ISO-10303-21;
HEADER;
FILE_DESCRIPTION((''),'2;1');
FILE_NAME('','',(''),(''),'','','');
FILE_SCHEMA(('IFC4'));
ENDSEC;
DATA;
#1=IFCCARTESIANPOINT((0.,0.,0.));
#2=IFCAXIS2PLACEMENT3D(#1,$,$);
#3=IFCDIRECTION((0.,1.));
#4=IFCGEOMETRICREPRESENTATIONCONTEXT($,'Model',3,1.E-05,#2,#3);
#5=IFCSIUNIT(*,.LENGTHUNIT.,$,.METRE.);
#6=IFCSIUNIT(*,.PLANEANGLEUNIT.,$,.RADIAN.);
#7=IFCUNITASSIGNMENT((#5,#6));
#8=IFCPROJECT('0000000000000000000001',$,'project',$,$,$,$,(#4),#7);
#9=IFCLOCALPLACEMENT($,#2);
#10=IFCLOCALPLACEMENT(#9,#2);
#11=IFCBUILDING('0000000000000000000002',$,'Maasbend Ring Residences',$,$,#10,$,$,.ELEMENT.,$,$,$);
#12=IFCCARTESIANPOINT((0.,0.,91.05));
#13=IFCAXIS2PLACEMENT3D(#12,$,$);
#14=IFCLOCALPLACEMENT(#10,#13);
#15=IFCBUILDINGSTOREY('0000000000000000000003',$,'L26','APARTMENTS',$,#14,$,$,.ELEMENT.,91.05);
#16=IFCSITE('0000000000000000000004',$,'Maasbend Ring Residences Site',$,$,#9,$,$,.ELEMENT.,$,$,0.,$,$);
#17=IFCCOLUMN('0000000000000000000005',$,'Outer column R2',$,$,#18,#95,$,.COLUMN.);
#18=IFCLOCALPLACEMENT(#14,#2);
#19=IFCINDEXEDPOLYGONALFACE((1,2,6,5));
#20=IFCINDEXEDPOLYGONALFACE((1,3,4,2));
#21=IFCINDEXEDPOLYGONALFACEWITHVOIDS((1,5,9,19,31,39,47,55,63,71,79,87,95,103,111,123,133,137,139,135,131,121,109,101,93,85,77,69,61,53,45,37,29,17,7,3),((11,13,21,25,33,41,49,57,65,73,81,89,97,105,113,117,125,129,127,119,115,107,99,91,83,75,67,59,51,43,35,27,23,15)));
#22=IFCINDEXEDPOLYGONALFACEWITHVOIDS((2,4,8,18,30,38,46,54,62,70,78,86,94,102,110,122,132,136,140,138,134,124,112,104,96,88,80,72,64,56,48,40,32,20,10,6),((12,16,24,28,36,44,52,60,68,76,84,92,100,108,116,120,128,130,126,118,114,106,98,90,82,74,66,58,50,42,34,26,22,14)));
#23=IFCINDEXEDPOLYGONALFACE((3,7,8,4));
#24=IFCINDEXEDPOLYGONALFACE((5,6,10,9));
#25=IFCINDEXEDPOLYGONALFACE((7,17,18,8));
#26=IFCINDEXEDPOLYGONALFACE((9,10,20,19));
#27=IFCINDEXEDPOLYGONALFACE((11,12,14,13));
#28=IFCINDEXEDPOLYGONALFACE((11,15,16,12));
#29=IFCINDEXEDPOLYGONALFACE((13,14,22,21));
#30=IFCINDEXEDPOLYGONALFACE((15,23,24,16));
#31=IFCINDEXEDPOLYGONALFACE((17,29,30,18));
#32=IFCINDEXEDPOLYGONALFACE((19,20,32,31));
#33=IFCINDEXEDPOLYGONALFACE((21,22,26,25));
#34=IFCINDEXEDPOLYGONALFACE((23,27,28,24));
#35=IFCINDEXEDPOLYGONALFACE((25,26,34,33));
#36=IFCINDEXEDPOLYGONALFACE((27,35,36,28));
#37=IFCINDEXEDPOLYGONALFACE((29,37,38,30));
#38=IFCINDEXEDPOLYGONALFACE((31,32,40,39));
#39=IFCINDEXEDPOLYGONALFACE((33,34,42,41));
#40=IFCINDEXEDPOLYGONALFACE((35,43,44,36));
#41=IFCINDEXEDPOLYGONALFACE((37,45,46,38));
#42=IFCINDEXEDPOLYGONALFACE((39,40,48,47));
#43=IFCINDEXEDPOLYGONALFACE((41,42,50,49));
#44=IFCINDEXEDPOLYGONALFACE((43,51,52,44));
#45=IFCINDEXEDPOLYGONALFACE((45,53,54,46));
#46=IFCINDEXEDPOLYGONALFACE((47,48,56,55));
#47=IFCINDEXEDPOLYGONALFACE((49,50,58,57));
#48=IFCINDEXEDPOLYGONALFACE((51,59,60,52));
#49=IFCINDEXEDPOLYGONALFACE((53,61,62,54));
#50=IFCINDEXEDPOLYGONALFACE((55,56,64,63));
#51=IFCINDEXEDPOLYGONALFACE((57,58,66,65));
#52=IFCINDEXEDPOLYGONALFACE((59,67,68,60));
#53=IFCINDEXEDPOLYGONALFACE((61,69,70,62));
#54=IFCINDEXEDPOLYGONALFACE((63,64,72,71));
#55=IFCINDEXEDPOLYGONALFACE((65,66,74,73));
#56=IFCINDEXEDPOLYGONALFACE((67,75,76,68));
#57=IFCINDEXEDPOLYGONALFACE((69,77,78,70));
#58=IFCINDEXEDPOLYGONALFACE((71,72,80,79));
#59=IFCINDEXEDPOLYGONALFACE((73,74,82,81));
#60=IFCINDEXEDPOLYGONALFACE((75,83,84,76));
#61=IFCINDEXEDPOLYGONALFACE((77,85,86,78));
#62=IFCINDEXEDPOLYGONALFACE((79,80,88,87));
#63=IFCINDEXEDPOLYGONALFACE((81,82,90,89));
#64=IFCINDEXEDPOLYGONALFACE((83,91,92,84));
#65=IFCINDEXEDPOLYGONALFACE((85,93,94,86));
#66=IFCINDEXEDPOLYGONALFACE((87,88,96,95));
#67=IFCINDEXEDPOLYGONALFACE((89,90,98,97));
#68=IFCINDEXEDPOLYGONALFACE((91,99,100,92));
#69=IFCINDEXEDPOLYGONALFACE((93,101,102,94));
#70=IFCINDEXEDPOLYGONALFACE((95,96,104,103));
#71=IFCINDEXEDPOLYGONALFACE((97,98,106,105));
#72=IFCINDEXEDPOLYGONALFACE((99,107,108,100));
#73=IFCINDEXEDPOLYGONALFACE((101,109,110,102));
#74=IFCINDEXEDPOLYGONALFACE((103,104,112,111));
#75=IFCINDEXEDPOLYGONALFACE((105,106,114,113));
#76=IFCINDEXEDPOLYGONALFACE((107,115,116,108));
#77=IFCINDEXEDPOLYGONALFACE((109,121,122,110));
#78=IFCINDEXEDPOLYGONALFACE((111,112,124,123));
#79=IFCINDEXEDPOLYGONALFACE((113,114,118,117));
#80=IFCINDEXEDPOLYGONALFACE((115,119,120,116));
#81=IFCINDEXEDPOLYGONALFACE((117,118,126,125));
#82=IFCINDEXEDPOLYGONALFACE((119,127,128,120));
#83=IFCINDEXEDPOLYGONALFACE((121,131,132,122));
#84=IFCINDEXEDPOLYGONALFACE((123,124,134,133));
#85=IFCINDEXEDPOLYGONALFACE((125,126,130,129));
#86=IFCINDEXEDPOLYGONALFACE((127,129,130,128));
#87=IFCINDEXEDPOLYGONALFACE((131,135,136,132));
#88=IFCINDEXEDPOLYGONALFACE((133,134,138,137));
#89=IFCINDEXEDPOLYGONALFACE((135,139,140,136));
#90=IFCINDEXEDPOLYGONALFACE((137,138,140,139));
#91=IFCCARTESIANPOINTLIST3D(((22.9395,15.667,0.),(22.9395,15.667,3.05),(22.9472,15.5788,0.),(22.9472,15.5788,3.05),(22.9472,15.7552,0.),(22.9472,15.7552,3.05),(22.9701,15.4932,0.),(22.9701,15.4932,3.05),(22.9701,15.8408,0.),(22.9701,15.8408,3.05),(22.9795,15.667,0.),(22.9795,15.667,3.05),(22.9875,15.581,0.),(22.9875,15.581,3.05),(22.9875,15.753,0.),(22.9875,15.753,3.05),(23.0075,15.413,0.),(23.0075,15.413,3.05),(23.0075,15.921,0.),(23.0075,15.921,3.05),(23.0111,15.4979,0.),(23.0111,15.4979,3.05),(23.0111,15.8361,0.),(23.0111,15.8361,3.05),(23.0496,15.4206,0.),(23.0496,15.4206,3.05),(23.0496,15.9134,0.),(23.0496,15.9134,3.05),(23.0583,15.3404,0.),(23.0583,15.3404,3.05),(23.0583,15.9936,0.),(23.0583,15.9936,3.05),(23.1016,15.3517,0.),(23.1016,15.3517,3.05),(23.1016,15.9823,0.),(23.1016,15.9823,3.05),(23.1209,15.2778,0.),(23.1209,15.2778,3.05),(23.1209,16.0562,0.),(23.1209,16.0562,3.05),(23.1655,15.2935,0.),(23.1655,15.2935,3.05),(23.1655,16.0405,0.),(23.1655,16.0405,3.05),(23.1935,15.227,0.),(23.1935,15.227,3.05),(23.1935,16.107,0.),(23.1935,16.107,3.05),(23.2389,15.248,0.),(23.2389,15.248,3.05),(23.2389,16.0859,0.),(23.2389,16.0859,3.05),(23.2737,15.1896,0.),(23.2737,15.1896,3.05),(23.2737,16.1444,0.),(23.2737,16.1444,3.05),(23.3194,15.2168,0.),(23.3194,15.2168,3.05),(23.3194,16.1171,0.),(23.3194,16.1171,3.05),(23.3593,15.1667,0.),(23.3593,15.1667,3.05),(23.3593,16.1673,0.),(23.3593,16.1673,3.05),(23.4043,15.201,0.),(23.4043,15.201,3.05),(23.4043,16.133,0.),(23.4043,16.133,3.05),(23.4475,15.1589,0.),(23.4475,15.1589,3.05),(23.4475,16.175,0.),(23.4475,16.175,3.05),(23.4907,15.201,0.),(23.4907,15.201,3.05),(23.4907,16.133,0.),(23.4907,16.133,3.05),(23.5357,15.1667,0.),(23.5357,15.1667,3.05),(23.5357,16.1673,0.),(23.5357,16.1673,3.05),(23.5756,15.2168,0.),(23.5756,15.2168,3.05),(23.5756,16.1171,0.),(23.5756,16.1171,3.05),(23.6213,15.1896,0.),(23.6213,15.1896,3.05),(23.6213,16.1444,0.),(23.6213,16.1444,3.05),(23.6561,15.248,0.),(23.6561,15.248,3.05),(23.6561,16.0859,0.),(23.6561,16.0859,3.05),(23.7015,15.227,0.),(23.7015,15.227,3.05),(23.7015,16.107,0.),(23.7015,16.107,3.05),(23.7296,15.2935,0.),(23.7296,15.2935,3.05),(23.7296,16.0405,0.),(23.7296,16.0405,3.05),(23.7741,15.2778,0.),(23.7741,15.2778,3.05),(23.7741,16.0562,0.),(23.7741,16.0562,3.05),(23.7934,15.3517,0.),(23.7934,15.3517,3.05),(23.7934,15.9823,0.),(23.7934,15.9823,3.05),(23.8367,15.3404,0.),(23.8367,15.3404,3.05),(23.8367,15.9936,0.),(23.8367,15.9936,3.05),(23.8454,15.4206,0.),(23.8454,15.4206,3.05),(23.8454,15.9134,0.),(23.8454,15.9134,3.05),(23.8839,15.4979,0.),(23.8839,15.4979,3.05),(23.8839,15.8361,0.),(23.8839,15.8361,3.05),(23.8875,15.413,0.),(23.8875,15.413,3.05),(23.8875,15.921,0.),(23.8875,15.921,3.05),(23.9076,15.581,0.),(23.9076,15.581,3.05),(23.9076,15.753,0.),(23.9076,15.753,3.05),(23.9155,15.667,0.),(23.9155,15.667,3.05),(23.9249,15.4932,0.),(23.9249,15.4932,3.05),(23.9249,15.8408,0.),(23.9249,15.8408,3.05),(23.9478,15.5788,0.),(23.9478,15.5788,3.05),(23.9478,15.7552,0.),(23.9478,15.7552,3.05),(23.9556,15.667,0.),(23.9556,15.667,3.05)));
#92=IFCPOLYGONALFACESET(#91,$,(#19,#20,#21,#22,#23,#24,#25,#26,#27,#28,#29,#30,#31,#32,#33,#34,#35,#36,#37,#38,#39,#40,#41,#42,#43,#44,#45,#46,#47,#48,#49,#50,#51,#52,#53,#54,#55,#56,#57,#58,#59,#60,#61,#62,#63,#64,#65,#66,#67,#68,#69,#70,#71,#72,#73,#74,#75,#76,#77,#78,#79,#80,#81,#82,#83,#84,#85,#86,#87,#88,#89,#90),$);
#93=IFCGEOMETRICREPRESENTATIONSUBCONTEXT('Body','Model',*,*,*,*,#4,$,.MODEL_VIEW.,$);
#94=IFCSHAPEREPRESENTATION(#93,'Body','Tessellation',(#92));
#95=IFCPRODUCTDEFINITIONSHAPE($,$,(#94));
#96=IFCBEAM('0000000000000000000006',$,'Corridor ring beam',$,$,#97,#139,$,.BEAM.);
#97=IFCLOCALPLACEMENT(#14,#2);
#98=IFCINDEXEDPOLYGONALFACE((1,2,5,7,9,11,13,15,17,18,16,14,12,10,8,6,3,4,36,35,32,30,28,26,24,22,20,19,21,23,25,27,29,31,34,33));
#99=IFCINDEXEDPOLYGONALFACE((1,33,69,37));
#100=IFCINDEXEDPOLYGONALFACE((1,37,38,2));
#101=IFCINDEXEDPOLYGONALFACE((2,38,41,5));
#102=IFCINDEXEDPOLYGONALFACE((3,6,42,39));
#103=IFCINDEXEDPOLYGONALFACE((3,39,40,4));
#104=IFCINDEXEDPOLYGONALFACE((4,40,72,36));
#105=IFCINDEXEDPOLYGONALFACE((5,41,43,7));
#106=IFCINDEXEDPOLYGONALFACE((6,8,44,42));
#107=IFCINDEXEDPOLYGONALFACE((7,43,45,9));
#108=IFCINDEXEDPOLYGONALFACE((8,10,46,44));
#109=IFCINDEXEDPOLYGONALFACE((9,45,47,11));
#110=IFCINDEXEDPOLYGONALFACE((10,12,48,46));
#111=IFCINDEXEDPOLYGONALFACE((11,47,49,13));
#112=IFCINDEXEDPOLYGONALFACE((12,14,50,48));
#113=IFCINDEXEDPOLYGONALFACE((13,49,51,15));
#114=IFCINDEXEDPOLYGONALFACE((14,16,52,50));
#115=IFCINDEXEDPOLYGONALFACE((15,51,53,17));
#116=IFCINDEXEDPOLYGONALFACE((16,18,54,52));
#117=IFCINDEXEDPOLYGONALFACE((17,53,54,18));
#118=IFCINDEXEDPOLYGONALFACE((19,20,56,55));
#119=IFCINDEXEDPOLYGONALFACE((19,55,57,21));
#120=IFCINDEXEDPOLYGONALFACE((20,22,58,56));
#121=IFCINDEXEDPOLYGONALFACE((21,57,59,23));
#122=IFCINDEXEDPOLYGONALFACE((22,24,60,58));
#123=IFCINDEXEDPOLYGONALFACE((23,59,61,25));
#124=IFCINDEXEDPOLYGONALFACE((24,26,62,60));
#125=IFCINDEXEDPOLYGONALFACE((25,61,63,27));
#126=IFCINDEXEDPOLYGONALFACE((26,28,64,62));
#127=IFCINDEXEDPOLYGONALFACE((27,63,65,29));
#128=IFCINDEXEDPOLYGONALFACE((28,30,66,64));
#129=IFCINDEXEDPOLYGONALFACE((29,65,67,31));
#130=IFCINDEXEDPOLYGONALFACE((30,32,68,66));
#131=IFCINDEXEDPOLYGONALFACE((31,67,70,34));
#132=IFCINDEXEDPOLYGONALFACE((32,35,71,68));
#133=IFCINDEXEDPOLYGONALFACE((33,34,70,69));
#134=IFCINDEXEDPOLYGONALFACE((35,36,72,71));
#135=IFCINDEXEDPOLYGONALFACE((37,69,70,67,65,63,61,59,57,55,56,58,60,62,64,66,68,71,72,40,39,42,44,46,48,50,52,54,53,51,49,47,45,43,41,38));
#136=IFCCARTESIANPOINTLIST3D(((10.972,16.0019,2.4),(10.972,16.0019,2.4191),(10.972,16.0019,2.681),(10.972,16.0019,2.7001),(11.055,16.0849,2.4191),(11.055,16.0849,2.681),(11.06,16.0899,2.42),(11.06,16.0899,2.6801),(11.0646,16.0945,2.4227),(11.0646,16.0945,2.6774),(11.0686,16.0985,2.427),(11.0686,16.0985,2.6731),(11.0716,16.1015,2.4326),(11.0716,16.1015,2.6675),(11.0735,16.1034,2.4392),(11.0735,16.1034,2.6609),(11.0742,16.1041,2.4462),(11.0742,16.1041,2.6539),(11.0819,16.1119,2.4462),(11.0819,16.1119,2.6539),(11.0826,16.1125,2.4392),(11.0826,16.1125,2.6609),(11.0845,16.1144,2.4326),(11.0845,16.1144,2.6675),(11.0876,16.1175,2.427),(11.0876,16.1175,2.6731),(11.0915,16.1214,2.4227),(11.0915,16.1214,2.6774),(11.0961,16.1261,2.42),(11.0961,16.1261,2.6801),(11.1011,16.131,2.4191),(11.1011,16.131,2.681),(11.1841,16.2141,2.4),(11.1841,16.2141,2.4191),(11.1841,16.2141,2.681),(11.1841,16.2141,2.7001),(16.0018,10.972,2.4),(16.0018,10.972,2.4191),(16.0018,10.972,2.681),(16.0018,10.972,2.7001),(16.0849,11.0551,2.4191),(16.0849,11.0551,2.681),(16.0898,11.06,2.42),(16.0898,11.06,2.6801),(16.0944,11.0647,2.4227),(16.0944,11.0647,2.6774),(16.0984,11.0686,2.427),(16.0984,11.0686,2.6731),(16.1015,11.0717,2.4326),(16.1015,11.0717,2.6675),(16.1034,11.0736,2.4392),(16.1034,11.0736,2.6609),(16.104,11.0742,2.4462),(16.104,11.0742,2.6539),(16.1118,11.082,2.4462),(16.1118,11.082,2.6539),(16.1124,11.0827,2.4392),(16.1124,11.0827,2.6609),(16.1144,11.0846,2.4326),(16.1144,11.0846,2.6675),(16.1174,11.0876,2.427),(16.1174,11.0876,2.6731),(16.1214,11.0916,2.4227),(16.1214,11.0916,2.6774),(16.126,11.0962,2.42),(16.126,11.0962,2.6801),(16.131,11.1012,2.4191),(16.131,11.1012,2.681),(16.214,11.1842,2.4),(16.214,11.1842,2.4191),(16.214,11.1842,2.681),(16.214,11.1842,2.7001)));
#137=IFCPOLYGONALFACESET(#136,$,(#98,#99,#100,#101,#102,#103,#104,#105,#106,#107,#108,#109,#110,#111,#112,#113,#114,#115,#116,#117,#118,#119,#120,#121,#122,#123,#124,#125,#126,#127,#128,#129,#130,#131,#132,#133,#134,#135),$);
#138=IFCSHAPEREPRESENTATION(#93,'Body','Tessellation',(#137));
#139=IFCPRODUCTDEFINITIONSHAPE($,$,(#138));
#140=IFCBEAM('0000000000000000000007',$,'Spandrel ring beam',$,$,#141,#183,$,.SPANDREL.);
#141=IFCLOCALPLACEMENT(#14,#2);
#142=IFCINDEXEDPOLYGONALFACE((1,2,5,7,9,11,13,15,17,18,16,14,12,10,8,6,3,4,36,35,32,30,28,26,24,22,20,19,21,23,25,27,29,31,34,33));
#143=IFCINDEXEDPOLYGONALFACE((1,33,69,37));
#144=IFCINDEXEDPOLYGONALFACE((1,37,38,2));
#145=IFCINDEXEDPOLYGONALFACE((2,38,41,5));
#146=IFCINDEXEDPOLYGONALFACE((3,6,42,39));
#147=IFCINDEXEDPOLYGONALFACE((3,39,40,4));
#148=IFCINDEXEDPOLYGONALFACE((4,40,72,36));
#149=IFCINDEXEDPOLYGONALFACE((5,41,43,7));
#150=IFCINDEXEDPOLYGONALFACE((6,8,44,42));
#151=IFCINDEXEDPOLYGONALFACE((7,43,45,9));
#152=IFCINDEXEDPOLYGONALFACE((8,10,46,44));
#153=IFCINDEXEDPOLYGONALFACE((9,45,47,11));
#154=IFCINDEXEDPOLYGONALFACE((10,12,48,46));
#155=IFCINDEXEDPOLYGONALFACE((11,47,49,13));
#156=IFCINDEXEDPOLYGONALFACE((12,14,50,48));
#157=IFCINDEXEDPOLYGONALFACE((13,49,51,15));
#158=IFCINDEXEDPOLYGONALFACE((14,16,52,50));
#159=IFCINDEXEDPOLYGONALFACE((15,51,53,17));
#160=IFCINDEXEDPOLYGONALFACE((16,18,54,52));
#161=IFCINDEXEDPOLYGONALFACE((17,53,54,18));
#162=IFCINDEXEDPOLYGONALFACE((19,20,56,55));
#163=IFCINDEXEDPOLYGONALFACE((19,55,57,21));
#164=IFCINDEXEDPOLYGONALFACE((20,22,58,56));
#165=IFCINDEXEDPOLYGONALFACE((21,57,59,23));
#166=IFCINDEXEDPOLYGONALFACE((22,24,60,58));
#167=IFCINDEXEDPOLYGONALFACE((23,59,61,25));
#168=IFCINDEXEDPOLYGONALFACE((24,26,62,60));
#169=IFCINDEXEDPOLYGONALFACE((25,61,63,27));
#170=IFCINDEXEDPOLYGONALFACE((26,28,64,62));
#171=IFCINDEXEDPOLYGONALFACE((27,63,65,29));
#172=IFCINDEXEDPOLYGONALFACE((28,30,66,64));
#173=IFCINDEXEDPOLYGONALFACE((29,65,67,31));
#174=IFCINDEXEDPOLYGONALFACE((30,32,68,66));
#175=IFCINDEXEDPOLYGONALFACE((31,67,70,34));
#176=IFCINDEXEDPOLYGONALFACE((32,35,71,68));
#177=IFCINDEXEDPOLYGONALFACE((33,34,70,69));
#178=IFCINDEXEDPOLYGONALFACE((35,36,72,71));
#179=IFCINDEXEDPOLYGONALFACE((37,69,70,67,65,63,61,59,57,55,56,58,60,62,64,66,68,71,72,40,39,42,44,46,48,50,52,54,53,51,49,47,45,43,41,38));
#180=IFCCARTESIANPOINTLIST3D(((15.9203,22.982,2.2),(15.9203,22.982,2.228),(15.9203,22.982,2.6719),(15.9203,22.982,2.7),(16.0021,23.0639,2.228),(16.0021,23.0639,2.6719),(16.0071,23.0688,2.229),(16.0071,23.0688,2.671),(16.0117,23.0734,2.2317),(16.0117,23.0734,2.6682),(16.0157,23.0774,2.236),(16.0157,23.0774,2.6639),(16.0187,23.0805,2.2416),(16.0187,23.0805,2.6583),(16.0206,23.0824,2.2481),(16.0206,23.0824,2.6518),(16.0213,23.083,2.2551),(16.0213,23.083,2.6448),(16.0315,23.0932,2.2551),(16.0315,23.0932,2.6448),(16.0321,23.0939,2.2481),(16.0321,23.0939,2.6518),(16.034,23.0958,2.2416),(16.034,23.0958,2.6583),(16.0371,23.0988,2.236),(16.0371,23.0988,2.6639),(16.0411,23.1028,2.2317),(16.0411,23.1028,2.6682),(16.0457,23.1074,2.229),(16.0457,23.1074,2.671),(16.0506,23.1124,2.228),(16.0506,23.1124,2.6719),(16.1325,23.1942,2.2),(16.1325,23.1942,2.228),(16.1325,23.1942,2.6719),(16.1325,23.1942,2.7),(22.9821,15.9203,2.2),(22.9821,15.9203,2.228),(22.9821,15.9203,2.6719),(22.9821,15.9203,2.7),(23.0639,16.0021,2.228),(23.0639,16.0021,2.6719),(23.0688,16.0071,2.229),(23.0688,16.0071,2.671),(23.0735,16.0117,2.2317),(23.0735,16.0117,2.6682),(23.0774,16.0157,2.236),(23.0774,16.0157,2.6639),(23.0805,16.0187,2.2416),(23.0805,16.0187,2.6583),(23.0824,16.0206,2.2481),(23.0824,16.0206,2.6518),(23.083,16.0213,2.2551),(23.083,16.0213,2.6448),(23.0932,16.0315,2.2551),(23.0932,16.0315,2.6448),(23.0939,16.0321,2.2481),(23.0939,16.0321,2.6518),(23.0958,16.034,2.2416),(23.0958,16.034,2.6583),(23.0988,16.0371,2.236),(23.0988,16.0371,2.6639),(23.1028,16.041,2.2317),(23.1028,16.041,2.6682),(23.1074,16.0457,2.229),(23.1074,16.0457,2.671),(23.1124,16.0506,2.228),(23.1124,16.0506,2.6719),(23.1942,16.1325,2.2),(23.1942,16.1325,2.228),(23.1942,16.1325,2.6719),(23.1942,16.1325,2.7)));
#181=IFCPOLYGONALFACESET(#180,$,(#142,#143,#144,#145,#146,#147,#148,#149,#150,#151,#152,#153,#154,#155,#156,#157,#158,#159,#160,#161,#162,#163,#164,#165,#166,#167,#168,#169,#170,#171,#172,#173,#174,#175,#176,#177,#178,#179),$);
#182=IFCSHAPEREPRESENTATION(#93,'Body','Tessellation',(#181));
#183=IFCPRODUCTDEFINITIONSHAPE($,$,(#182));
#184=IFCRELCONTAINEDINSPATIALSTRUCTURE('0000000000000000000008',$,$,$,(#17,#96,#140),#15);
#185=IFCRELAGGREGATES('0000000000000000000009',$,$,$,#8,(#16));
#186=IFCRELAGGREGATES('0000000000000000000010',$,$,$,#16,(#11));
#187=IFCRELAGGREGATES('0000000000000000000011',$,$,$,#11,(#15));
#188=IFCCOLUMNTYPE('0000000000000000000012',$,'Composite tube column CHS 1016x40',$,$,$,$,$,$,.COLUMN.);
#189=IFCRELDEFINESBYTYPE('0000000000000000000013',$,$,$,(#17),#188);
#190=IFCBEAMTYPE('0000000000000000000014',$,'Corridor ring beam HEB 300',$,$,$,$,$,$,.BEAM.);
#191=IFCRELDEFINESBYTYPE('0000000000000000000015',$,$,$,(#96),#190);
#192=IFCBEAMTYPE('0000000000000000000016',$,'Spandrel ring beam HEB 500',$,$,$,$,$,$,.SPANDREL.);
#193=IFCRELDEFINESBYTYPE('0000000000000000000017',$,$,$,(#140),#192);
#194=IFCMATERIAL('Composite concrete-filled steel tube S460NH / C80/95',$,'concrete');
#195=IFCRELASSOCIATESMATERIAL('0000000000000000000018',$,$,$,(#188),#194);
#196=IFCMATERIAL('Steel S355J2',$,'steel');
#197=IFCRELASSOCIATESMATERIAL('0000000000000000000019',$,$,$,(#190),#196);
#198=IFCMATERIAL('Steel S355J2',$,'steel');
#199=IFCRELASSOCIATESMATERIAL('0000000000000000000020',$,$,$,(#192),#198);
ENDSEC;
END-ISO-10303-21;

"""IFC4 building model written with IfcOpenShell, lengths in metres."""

from ifc_helpers import new_model, si_unit, direction, frame, origin, origin_2d, place, context, subcontext, project, spatial, hollow_circle, i_section, extrude, material, material_profile, profile_set, type_object, element, save


model = new_model("IFC4")

# Units and contexts
model_context = context("Model", 3, precision=1e-05, world=origin(), true_north=direction((0.0, 1.0)))
body_context = subcontext(model_context, "Body", "Model", "MODEL_VIEW")
ifc_project = project(units=[si_unit("LENGTHUNIT", "METRE"), si_unit("PLANEANGLEUNIT", "RADIAN")], contexts=[model_context])

# Site, building, storey
site_placement = place(None, origin())
site = spatial("IfcSite", under=ifc_project, at=site_placement, Name="Maasbend Ring Residences Site", CompositionType="ELEMENT", RefElevation=0.0)
building_placement = place(site_placement, origin())
building = spatial("IfcBuilding", under=site, at=building_placement, Name="Maasbend Ring Residences", CompositionType="ELEMENT")
storey_placement = place(building_placement, frame((0.0, 0.0, 91.05)))
storey = spatial("IfcBuildingStorey", under=building, at=storey_placement, Name="L26", Description="APARTMENTS", CompositionType="ELEMENT", Elevation=91.05)

# Column
ifc_material_1 = material(Name="Composite concrete-filled steel tube S460NH / C80/95", Category="concrete")
ifc_material_profile_1 = material_profile(ifc_material_1, hollow_circle(Radius=0.5081, WallThickness=0.04, at=origin_2d()), Name="Composite tube column CHS 1016x40")
ifc_profile_set_1 = profile_set([ifc_material_profile_1], Name="Composite concrete-filled steel tube S460NH / C80/95")
column_type = type_object("IfcColumnType", Name="Composite tube column CHS 1016x40", PredefinedType="COLUMN", material=ifc_profile_set_1)
column_placement = place(storey_placement, frame((23.4475, 15.667, 0.0), z_axis=(0.0, 0.0, 1.0), x_axis=(1.0, 0.0, 0.0)))
element("IfcColumn", 1, at=column_placement, inside=storey, type_object=column_type, Name="Outer column R2", PredefinedType="COLUMN", context=body_context, shape_type="SweptSolid", body=[
    extrude(hollow_circle(Radius=0.5081, WallThickness=0.04, at=origin_2d()), origin(), (0.0, 0.0, 1.0), 3.05),
])

# Beams
ifc_material_2 = material(Name="Steel S355J2", Category="steel")
ifc_material_profile_2 = material_profile(ifc_material_2, i_section(OverallWidth=0.3, OverallDepth=0.3, WebThickness=0.011, FlangeThickness=0.019, FilletRadius=0.0271, at=origin_2d()), Name="HEB 300")
ifc_profile_set_2 = profile_set([ifc_material_profile_2], Name="Steel S355J2")
beam_type_1 = type_object("IfcBeamType", Name="Corridor ring beam HEB 300", PredefinedType="BEAM", material=ifc_profile_set_2)
beam_1_placement = place(storey_placement, frame((16.1079, 11.0781, 2.55), z_axis=(-0.707107, 0.707107, 0.0), x_axis=(-0.707107, -0.707107, 0.0)))
element("IfcBeam", 2, at=beam_1_placement, inside=storey, type_object=beam_type_1, Name="Corridor ring beam", PredefinedType="BEAM", context=body_context, shape_type="SweptSolid", body=[
    extrude(i_section(OverallWidth=0.3, OverallDepth=0.3, WebThickness=0.011, FlangeThickness=0.019, FilletRadius=0.0271, at=origin_2d()), origin(), (0.0, 0.0, 1.0), 7.1133),
])
ifc_material_3 = material(Name="Steel S355J2", Category="steel")
ifc_material_profile_3 = material_profile(ifc_material_3, i_section(OverallWidth=0.3, OverallDepth=0.5, WebThickness=0.0144, FlangeThickness=0.0281, FilletRadius=0.0271, at=origin_2d()), Name="HEB 500")
ifc_profile_set_3 = profile_set([ifc_material_profile_3], Name="Steel S355J2")
beam_type_2 = type_object("IfcBeamType", Name="Spandrel ring beam HEB 500", PredefinedType="SPANDREL", material=ifc_profile_set_3)
beam_2_placement = place(storey_placement, frame((23.0881, 16.0264, 2.45), z_axis=(-0.707107, 0.707107, 0.0), x_axis=(-0.707107, -0.707107, 0.0)))
element("IfcBeam", 3, at=beam_2_placement, inside=storey, type_object=beam_type_2, Name="Spandrel ring beam", PredefinedType="SPANDREL", context=body_context, shape_type="SweptSolid", body=[
    extrude(i_section(OverallWidth=0.3, OverallDepth=0.5, WebThickness=0.0144, FlangeThickness=0.0281, FilletRadius=0.0271, at=origin_2d()), origin(), (0.0, 0.0, 1.0), 9.9868),
])

save(model, "model.ifc")
